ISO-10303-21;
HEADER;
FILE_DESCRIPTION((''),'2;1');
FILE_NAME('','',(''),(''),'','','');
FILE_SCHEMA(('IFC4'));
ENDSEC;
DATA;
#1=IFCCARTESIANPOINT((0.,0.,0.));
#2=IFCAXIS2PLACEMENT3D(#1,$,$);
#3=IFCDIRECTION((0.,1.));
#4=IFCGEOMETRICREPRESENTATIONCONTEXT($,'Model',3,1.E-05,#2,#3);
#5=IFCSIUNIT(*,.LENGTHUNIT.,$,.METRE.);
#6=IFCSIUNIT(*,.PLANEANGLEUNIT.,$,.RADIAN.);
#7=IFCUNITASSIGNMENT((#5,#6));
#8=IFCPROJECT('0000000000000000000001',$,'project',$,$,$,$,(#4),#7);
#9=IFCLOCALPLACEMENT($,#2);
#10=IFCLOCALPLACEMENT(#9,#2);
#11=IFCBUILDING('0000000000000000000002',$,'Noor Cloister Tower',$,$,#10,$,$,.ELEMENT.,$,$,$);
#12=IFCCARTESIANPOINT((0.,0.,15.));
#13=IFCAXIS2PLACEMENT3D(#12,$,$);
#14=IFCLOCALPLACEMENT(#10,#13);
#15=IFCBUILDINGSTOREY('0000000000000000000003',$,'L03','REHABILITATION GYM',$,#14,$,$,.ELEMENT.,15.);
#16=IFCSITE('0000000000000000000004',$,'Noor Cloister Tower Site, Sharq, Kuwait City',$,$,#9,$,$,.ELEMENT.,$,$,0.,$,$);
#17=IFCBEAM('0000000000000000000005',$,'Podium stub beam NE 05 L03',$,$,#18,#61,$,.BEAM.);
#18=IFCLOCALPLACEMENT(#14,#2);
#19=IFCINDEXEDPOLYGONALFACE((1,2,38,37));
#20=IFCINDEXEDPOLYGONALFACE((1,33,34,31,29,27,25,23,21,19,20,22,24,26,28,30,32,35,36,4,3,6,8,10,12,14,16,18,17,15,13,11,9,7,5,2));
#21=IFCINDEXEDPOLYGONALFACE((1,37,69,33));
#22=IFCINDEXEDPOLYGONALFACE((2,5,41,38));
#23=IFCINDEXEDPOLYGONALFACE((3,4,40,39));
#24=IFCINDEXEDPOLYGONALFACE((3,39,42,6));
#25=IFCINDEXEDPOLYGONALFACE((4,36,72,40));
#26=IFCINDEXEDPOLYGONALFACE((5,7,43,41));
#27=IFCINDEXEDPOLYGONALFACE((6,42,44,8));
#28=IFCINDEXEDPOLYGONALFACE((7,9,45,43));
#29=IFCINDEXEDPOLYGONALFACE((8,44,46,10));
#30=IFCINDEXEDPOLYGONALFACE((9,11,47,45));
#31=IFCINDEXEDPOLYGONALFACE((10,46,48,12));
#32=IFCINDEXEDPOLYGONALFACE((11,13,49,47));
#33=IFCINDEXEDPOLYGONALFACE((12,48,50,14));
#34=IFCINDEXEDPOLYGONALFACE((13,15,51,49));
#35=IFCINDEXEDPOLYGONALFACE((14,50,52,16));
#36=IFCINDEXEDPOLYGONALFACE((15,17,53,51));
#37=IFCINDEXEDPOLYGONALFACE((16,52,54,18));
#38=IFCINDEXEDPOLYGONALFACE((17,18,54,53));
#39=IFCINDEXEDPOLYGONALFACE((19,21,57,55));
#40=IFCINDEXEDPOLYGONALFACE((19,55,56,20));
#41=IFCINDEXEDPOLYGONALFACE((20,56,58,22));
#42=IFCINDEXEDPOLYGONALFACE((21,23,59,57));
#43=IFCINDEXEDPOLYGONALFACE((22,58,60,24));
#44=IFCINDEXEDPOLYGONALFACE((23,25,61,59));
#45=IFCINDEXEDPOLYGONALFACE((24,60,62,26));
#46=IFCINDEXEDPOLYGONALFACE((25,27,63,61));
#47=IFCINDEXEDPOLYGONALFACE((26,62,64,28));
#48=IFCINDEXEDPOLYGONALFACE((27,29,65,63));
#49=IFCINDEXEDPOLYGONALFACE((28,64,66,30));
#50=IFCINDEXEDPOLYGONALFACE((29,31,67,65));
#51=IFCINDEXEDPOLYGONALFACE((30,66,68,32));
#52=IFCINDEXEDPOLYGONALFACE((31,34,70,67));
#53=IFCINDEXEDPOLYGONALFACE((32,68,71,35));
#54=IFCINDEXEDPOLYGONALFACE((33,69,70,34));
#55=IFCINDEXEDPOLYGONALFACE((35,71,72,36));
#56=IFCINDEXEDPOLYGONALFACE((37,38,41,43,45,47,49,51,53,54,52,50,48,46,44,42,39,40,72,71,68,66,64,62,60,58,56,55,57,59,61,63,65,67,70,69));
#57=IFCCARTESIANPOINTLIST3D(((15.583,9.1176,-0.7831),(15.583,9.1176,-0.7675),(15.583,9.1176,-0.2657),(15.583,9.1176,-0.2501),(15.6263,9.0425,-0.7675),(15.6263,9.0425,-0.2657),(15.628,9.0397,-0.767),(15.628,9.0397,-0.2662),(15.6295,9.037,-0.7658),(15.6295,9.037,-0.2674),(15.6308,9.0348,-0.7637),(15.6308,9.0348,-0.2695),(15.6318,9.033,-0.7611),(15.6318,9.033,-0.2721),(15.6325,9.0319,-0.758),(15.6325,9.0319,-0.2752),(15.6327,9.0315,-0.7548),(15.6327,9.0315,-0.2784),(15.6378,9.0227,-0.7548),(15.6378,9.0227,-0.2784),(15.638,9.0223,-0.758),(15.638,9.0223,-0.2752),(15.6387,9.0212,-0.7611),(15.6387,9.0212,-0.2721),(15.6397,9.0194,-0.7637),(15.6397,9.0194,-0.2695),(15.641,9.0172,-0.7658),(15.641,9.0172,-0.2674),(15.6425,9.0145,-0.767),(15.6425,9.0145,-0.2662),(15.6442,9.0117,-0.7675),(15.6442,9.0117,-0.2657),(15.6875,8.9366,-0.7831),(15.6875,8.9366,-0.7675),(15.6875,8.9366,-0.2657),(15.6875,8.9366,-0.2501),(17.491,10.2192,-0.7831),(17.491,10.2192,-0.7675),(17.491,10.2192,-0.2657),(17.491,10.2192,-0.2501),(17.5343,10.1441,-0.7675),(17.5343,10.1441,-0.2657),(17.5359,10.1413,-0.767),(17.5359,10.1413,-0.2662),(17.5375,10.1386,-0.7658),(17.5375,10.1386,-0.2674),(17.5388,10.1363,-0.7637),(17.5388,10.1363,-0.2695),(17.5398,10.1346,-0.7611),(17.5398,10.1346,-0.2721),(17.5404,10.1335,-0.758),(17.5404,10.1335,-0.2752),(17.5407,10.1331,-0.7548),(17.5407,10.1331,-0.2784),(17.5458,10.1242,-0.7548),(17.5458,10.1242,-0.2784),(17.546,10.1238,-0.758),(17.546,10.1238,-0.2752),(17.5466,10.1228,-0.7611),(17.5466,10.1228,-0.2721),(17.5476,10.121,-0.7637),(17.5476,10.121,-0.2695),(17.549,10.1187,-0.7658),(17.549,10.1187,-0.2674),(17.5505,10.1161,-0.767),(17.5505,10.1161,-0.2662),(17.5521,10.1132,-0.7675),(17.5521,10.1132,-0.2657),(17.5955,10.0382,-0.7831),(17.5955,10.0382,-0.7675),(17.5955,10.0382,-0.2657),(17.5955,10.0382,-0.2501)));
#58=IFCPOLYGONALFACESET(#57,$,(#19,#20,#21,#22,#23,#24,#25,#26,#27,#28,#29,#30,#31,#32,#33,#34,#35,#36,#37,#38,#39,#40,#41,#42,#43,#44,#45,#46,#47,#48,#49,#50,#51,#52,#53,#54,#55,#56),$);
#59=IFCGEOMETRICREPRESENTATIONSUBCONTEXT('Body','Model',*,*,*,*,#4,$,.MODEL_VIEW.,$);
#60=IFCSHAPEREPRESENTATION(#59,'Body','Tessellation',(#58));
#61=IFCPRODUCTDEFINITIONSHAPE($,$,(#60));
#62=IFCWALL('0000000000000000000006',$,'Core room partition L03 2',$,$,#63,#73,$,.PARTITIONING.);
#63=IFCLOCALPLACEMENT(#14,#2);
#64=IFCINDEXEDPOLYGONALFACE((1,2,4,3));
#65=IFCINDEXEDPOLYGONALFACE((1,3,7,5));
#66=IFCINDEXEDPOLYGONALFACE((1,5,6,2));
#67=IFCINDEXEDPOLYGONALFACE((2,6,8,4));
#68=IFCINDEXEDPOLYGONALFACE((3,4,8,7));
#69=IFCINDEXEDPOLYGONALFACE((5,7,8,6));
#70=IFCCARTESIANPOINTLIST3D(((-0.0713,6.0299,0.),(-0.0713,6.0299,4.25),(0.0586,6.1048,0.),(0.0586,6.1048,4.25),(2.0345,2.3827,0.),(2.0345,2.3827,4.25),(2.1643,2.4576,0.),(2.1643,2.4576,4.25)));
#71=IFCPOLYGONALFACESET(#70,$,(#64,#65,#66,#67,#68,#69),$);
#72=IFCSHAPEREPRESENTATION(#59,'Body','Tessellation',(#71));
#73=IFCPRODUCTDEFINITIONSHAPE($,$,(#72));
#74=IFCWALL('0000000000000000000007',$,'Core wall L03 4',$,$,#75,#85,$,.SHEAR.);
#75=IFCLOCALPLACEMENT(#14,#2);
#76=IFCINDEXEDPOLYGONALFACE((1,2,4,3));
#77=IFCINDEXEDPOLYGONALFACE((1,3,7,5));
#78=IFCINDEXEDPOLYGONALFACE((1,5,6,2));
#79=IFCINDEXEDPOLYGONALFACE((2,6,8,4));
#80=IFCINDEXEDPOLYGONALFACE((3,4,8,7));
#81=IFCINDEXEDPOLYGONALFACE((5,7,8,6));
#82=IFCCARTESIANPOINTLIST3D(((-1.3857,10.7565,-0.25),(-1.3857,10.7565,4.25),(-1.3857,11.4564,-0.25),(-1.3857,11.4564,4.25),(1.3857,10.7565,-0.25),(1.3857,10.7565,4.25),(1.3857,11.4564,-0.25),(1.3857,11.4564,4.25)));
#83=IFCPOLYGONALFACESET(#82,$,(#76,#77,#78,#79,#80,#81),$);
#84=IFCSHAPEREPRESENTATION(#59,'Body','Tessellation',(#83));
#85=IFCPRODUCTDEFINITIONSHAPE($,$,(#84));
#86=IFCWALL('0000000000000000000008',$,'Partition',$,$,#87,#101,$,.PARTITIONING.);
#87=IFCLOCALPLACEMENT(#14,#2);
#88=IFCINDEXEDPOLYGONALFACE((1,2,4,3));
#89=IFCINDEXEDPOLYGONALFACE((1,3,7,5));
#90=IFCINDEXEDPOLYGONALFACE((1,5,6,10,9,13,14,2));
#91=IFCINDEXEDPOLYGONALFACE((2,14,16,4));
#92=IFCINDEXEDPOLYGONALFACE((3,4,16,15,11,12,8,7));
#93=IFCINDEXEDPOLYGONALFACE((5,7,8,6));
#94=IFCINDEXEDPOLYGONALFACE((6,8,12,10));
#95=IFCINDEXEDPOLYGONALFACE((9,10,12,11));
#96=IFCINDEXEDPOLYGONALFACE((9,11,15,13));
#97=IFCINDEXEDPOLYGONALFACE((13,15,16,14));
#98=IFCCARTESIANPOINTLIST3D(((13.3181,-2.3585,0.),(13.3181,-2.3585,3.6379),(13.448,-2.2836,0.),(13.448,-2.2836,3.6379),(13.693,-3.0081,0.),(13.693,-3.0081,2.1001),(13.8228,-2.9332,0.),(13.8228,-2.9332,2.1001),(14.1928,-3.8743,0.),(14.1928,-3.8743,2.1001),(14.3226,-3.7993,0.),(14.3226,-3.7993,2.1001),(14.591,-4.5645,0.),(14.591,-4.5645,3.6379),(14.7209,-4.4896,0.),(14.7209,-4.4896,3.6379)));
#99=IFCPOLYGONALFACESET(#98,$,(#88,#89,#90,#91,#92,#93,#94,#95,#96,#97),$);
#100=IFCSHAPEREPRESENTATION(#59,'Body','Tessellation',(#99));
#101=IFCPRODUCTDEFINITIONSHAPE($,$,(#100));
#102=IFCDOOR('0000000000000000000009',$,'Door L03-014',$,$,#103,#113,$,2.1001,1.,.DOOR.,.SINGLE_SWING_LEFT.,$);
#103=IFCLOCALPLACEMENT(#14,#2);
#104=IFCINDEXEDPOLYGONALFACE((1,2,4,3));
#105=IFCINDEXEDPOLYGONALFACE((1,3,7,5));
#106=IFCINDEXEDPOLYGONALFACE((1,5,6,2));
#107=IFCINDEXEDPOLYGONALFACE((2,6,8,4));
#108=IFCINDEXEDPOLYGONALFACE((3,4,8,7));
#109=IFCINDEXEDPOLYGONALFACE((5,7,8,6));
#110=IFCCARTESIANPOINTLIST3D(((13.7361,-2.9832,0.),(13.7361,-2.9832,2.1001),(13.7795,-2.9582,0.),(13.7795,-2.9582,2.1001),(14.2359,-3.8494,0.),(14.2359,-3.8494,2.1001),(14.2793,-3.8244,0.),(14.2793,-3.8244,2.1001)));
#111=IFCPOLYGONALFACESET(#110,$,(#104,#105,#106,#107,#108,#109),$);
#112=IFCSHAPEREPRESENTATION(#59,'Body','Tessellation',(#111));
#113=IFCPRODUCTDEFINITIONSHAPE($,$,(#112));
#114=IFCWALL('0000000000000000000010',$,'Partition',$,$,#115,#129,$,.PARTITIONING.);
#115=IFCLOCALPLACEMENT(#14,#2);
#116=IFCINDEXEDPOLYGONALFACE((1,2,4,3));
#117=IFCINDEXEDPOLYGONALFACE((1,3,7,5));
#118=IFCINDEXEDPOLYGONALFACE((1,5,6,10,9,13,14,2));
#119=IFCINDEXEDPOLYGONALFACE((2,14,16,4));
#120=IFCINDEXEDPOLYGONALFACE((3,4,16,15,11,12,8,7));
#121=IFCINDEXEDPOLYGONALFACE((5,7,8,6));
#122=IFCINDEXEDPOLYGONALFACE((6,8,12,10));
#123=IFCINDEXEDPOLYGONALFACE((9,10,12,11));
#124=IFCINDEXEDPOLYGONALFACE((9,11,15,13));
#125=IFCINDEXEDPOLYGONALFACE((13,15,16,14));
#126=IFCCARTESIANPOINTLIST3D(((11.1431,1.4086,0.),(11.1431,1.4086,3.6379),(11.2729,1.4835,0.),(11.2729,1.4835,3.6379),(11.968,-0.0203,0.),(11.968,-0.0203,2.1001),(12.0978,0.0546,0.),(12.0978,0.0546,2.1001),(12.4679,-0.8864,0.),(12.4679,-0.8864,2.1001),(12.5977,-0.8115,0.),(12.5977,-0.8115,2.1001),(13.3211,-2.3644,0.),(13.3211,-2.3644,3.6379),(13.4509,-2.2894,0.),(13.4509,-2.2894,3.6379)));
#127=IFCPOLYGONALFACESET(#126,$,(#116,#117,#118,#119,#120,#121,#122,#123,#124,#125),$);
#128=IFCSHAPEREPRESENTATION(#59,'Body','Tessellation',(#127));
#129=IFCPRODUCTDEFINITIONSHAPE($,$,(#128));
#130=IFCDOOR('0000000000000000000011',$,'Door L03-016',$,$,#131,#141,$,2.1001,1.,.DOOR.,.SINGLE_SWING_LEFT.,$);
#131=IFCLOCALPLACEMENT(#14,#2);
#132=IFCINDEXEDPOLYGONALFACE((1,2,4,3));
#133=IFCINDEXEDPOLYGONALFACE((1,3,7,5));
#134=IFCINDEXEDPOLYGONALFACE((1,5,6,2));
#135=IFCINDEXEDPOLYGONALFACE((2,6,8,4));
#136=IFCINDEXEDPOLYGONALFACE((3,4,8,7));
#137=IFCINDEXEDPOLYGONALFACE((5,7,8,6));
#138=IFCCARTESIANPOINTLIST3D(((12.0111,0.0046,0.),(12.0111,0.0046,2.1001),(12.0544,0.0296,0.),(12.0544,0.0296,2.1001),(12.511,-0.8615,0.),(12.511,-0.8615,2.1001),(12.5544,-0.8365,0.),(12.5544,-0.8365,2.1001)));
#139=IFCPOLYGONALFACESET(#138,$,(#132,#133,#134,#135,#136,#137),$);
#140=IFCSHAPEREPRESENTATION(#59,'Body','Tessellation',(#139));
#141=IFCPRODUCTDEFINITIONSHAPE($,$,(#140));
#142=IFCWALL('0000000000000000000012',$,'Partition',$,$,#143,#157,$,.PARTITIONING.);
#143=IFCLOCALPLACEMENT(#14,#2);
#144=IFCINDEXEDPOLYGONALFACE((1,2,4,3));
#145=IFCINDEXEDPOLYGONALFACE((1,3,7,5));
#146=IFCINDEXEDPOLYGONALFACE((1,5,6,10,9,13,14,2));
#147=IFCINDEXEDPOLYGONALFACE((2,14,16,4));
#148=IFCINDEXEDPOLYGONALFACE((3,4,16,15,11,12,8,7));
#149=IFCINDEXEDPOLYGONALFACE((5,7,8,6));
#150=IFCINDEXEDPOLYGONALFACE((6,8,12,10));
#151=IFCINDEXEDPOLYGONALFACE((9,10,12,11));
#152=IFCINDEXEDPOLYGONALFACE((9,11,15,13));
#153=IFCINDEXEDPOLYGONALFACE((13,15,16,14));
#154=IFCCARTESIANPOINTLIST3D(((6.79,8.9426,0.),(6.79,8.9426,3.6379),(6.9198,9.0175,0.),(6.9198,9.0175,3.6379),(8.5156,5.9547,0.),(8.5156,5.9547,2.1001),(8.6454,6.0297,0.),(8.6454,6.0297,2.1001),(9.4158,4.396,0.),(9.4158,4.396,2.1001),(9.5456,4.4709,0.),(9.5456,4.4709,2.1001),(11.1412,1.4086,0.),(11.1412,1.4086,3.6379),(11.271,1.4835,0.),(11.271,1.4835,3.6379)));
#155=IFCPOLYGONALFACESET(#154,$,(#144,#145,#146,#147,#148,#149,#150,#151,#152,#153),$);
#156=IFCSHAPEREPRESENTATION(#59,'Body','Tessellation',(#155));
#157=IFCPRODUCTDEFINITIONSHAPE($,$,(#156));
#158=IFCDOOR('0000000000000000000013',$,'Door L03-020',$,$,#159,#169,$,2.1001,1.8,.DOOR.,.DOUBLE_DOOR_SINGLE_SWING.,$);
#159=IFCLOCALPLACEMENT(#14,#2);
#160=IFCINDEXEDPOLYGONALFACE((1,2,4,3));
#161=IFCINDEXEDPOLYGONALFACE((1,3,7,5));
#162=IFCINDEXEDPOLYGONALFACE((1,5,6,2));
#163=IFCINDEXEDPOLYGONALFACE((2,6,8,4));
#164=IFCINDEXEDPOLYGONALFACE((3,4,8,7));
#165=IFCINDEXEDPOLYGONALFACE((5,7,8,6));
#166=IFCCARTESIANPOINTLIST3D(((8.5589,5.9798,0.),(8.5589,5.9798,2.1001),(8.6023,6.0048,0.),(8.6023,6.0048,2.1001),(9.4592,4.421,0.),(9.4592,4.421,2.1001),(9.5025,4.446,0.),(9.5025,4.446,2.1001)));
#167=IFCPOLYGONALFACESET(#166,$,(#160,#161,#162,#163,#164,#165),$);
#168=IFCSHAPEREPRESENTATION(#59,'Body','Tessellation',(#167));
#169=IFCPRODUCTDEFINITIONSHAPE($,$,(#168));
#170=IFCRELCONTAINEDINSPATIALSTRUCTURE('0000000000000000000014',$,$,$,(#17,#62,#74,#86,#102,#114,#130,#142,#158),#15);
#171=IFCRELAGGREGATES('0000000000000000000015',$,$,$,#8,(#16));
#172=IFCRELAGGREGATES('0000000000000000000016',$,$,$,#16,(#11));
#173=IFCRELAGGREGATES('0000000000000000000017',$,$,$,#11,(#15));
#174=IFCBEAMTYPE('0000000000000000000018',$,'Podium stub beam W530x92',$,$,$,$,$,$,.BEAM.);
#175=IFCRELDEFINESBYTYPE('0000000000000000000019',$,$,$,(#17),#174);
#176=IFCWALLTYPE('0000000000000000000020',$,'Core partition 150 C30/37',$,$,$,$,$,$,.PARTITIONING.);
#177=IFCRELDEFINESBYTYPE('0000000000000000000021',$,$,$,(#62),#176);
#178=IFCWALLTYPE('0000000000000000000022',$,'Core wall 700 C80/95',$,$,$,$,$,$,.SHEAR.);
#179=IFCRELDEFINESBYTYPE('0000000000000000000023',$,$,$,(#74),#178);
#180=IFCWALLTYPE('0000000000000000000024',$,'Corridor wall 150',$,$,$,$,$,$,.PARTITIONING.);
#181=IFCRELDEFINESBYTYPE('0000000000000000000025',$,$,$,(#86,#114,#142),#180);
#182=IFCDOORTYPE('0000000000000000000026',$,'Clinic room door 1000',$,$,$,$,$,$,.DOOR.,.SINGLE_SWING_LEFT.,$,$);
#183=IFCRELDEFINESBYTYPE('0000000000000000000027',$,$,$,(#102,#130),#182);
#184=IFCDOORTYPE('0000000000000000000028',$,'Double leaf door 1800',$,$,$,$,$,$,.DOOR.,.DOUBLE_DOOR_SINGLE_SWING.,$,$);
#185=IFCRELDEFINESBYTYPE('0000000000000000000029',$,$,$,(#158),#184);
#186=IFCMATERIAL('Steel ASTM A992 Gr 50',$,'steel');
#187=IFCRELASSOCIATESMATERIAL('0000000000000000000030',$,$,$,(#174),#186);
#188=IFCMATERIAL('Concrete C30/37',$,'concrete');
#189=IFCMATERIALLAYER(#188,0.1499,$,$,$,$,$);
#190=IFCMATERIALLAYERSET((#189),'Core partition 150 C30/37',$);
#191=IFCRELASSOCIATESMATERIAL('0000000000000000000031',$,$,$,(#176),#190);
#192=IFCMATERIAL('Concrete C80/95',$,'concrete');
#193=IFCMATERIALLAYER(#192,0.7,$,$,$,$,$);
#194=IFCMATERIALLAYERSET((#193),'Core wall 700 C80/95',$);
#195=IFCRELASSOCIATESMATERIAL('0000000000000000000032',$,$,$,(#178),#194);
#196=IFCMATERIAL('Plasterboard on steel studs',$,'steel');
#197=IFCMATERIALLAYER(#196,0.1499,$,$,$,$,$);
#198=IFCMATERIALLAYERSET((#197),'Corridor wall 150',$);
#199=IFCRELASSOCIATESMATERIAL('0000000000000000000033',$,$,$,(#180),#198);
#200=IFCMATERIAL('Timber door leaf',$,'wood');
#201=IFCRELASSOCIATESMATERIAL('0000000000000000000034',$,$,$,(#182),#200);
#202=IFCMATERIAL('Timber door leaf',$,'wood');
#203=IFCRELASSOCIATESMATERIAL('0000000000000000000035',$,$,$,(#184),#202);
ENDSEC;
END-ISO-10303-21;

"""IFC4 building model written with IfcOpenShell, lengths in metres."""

from ifc_helpers import new_model, si_unit, direction, frame, frame_2d, origin, origin_2d, place, context, subcontext, project, spatial, rectangle, i_section, extrude, material, layer, layer_set, material_profile, profile_set, type_object, element, fill, save


model = new_model("IFC4")

# Units and contexts
model_context = context("Model", 3, precision=1e-05, world=origin(), true_north=direction((0.0, 1.0)))
body_context = subcontext(model_context, "Body", "Model", "MODEL_VIEW")
ifc_project = project(units=[si_unit("LENGTHUNIT", "METRE"), si_unit("PLANEANGLEUNIT", "RADIAN")], contexts=[model_context])

# Site, building, storey
site_placement = place(None, origin())
site = spatial("IfcSite", under=ifc_project, at=site_placement, Name="Noor Cloister Tower Site, Sharq, Kuwait City", CompositionType="ELEMENT", RefElevation=0.0)
building_placement = place(site_placement, origin())
building = spatial("IfcBuilding", under=site, at=building_placement, Name="Noor Cloister Tower", CompositionType="ELEMENT")
storey_placement = place(building_placement, frame((0.0, 0.0, 15.0)))
storey = spatial("IfcBuildingStorey", under=building, at=storey_placement, Name="L03", Description="REHABILITATION GYM", CompositionType="ELEMENT", Elevation=15.0)

# Beam
ifc_material_1 = material(Name="Steel ASTM A992 Gr 50", Category="steel")
ifc_material_profile_1 = material_profile(ifc_material_1, i_section(OverallWidth=0.209, OverallDepth=0.533, WebThickness=0.0103, FlangeThickness=0.0156, FilletRadius=0.0127, at=origin_2d()), Name="W530x92")
ifc_profile_set_1 = profile_set([ifc_material_profile_1], Name="Steel ASTM A992 Gr 50")
beam_type_1 = type_object("IfcBeamType", Name="Podium stub beam W530x92", PredefinedType="BEAM", material=ifc_profile_set_1)
beam_1_placement = place(storey_placement, frame((15.6353, 9.0271, -0.5166), z_axis=(0.866025, 0.500001, 0.0), x_axis=(-0.500001, 0.866025, 0.0)))
element("IfcBeam", 1, at=beam_1_placement, inside=storey, type_object=beam_type_1, Name="Podium stub beam NE 05 L03", PredefinedType="BEAM", context=body_context, shape_type="SweptSolid", body=[
    extrude(i_section(OverallWidth=0.209, OverallDepth=0.533, WebThickness=0.0103, FlangeThickness=0.0156, FilletRadius=0.0127, at=origin_2d()), origin(), (0.0, 0.0, 1.0), 2.2031),
])

# Walls
ifc_material_2 = material(Name="Concrete C30/37", Category="concrete")
ifc_layer_1 = layer(ifc_material_2, 0.1499)
ifc_layer_set_1 = layer_set([ifc_layer_1], Name="Core partition 150 C30/37")
wall_type_1 = type_object("IfcWallType", Name="Core partition 150 C30/37", PredefinedType="PARTITIONING", material=ifc_layer_set_1)
wall_1_placement = place(storey_placement, frame((2.0994, 2.4202, 0.0), z_axis=(0.0, 0.0, 1.0), x_axis=(-0.499998, 0.866026, 0.0)))
element("IfcWall", 2, at=wall_1_placement, inside=storey, type_object=wall_type_1, Name="Core room partition L03 2", PredefinedType="PARTITIONING", context=body_context, shape_type="SweptSolid", body=[
    extrude(rectangle(XDim=4.2114, YDim=0.1499, at=frame_2d((2.1057, 0.0))), origin(), (0.0, 0.0, 1.0), 4.25),
])
ifc_material_3 = material(Name="Concrete C80/95", Category="concrete")
ifc_layer_2 = layer(ifc_material_3, 0.7)
ifc_layer_set_2 = layer_set([ifc_layer_2], Name="Core wall 700 C80/95")
wall_type_2 = type_object("IfcWallType", Name="Core wall 700 C80/95", PredefinedType="SHEAR", material=ifc_layer_set_2)
wall_2_placement = place(storey_placement, frame((1.3857, 11.1064, -0.25), z_axis=(0.0, 0.0, 1.0), x_axis=(-1.0, 0.0, 0.0)))
element("IfcWall", 3, at=wall_2_placement, inside=storey, type_object=wall_type_2, Name="Core wall L03 4", PredefinedType="SHEAR", context=body_context, shape_type="SweptSolid", body=[
    extrude(rectangle(XDim=2.7715, YDim=0.7, at=frame_2d((1.3857, 0.0))), origin(), (0.0, 0.0, 1.0), 4.5),
])

# Walls, openings, doors
ifc_material_4 = material(Name="Plasterboard on steel studs", Category="steel")
ifc_layer_3 = layer(ifc_material_4, 0.1499)
ifc_layer_set_3 = layer_set([ifc_layer_3], Name="Corridor wall 150")
wall_type_3 = type_object("IfcWallType", Name="Corridor wall 150", PredefinedType="PARTITIONING", material=ifc_layer_set_3)
wall_3_placement = place(storey_placement, frame((13.3831, -2.321, 0.0), z_axis=(0.0, 0.0, 1.0), x_axis=(0.499789, -0.866147, 0.0)))
wall_3 = element("IfcWall", 4, at=wall_3_placement, inside=storey, type_object=wall_type_3, Name="Partition", PredefinedType="PARTITIONING", context=body_context, shape_type="SweptSolid", body=[
    extrude(rectangle(XDim=2.5469, YDim=0.1499, at=frame_2d((1.2734, 0.0))), origin(), (0.0, 0.0, 1.0), 3.6379),
])
opening_1_placement = place(wall_3_placement, frame((0.75, 0.0, 0.0)))
opening_1 = element("IfcOpeningElement", 5, at=opening_1_placement, cuts=wall_3, PredefinedType="OPENING", context=body_context, shape_type="SweptSolid", body=[
    extrude(rectangle(XDim=1.0, YDim=2.1001, at=frame_2d((0.5, 1.05))), frame((0.0, 0.085, 0.0), z_axis=(0.0, -1.0, 0.0), x_axis=(1.0, 0.0, 0.0)), (0.0, 0.0, 1.0), 0.1699),
])
ifc_material_5 = material(Name="Timber door leaf", Category="wood")
door_type_1 = type_object("IfcDoorType", Name="Clinic room door 1000", OperationType="SINGLE_SWING_LEFT", PredefinedType="DOOR", material=ifc_material_5)
door_1_placement = place(opening_1_placement, origin())
door_1 = element("IfcDoor", 6, at=door_1_placement, inside=storey, type_object=door_type_1, Name="Door L03-014", OperationType="SINGLE_SWING_LEFT", OverallHeight=2.1001, OverallWidth=1.0, PredefinedType="DOOR", context=body_context, shape_type="SweptSolid", body=[
    extrude(rectangle(XDim=1.0, YDim=2.1001, at=frame_2d((0.5, 1.05))), frame((0.0, 0.0249, 0.0), z_axis=(0.0, -1.0, 0.0), x_axis=(1.0, 0.0, 0.0)), (0.0, 0.0, 1.0), 0.05),
])
fill(opening_1, door_1)
wall_4_placement = place(storey_placement, frame((11.208, 1.446, 0.0), z_axis=(0.0, 0.0, 1.0), x_axis=(0.499942, -0.866059, 0.0)))
wall_4 = element("IfcWall", 7, at=wall_4_placement, inside=storey, type_object=wall_type_3, Name="Partition", PredefinedType="PARTITIONING", context=body_context, shape_type="SweptSolid", body=[
    extrude(rectangle(XDim=4.3564, YDim=0.1499, at=frame_2d((2.1782, 0.0))), origin(), (0.0, 0.0, 1.0), 3.6379),
])
opening_2_placement = place(wall_4_placement, frame((1.6499, 0.0, 0.0)))
opening_2 = element("IfcOpeningElement", 8, at=opening_2_placement, cuts=wall_4, PredefinedType="OPENING", context=body_context, shape_type="SweptSolid", body=[
    extrude(rectangle(XDim=1.0, YDim=2.1001, at=frame_2d((0.5, 1.05))), frame((0.0, 0.085, 0.0), z_axis=(0.0, -1.0, 0.0), x_axis=(1.0, 0.0, 0.0)), (0.0, 0.0, 1.0), 0.1699),
])
door_2_placement = place(opening_2_placement, origin())
door_2 = element("IfcDoor", 9, at=door_2_placement, inside=storey, type_object=door_type_1, Name="Door L03-016", OperationType="SINGLE_SWING_LEFT", OverallHeight=2.1001, OverallWidth=1.0, PredefinedType="DOOR", context=body_context, shape_type="SweptSolid", body=[
    extrude(rectangle(XDim=1.0, YDim=2.1001, at=frame_2d((0.5, 1.05))), frame((0.0, 0.0249, 0.0), z_axis=(0.0, -1.0, 0.0), x_axis=(1.0, 0.0, 0.0)), (0.0, 0.0, 1.0), 0.05),
])
fill(opening_2, door_2)
wall_5_placement = place(storey_placement, frame((11.2061, 1.446, 0.0), z_axis=(0.0, 0.0, 1.0), x_axis=(-0.500117, 0.865958, 0.0)))
wall_5 = element("IfcWall", 10, at=wall_5_placement, inside=storey, type_object=wall_type_3, Name="Partition", PredefinedType="PARTITIONING", context=body_context, shape_type="SweptSolid", body=[
    extrude(rectangle(XDim=8.7002, YDim=0.1499, at=frame_2d((4.3501, 0.0))), origin(), (0.0, 0.0, 1.0), 3.6379),
])
opening_3_placement = place(wall_5_placement, frame((3.45, 0.0, 0.0)))
opening_3 = element("IfcOpeningElement", 11, at=opening_3_placement, cuts=wall_5, PredefinedType="OPENING", context=body_context, shape_type="SweptSolid", body=[
    extrude(rectangle(XDim=1.8, YDim=2.1001, at=frame_2d((0.8999, 1.05))), frame((0.0, 0.085, 0.0), z_axis=(0.0, -1.0, 0.0), x_axis=(1.0, 0.0, 0.0)), (0.0, 0.0, 1.0), 0.1699),
])
ifc_material_6 = material(Name="Timber door leaf", Category="wood")
door_type_2 = type_object("IfcDoorType", Name="Double leaf door 1800", OperationType="DOUBLE_DOOR_SINGLE_SWING", PredefinedType="DOOR", material=ifc_material_6)
door_3_placement = place(opening_3_placement, origin())
door_3 = element("IfcDoor", 12, at=door_3_placement, inside=storey, type_object=door_type_2, Name="Door L03-020", OperationType="DOUBLE_DOOR_SINGLE_SWING", OverallHeight=2.1001, OverallWidth=1.8, PredefinedType="DOOR", context=body_context, shape_type="SweptSolid", body=[
    extrude(rectangle(XDim=1.8, YDim=2.1001, at=frame_2d((0.8999, 1.05))), frame((0.0, 0.0249, 0.0), z_axis=(0.0, -1.0, 0.0), x_axis=(1.0, 0.0, 0.0)), (0.0, 0.0, 1.0), 0.05),
])
fill(opening_3, door_3)

save(model, "model.ifc")
